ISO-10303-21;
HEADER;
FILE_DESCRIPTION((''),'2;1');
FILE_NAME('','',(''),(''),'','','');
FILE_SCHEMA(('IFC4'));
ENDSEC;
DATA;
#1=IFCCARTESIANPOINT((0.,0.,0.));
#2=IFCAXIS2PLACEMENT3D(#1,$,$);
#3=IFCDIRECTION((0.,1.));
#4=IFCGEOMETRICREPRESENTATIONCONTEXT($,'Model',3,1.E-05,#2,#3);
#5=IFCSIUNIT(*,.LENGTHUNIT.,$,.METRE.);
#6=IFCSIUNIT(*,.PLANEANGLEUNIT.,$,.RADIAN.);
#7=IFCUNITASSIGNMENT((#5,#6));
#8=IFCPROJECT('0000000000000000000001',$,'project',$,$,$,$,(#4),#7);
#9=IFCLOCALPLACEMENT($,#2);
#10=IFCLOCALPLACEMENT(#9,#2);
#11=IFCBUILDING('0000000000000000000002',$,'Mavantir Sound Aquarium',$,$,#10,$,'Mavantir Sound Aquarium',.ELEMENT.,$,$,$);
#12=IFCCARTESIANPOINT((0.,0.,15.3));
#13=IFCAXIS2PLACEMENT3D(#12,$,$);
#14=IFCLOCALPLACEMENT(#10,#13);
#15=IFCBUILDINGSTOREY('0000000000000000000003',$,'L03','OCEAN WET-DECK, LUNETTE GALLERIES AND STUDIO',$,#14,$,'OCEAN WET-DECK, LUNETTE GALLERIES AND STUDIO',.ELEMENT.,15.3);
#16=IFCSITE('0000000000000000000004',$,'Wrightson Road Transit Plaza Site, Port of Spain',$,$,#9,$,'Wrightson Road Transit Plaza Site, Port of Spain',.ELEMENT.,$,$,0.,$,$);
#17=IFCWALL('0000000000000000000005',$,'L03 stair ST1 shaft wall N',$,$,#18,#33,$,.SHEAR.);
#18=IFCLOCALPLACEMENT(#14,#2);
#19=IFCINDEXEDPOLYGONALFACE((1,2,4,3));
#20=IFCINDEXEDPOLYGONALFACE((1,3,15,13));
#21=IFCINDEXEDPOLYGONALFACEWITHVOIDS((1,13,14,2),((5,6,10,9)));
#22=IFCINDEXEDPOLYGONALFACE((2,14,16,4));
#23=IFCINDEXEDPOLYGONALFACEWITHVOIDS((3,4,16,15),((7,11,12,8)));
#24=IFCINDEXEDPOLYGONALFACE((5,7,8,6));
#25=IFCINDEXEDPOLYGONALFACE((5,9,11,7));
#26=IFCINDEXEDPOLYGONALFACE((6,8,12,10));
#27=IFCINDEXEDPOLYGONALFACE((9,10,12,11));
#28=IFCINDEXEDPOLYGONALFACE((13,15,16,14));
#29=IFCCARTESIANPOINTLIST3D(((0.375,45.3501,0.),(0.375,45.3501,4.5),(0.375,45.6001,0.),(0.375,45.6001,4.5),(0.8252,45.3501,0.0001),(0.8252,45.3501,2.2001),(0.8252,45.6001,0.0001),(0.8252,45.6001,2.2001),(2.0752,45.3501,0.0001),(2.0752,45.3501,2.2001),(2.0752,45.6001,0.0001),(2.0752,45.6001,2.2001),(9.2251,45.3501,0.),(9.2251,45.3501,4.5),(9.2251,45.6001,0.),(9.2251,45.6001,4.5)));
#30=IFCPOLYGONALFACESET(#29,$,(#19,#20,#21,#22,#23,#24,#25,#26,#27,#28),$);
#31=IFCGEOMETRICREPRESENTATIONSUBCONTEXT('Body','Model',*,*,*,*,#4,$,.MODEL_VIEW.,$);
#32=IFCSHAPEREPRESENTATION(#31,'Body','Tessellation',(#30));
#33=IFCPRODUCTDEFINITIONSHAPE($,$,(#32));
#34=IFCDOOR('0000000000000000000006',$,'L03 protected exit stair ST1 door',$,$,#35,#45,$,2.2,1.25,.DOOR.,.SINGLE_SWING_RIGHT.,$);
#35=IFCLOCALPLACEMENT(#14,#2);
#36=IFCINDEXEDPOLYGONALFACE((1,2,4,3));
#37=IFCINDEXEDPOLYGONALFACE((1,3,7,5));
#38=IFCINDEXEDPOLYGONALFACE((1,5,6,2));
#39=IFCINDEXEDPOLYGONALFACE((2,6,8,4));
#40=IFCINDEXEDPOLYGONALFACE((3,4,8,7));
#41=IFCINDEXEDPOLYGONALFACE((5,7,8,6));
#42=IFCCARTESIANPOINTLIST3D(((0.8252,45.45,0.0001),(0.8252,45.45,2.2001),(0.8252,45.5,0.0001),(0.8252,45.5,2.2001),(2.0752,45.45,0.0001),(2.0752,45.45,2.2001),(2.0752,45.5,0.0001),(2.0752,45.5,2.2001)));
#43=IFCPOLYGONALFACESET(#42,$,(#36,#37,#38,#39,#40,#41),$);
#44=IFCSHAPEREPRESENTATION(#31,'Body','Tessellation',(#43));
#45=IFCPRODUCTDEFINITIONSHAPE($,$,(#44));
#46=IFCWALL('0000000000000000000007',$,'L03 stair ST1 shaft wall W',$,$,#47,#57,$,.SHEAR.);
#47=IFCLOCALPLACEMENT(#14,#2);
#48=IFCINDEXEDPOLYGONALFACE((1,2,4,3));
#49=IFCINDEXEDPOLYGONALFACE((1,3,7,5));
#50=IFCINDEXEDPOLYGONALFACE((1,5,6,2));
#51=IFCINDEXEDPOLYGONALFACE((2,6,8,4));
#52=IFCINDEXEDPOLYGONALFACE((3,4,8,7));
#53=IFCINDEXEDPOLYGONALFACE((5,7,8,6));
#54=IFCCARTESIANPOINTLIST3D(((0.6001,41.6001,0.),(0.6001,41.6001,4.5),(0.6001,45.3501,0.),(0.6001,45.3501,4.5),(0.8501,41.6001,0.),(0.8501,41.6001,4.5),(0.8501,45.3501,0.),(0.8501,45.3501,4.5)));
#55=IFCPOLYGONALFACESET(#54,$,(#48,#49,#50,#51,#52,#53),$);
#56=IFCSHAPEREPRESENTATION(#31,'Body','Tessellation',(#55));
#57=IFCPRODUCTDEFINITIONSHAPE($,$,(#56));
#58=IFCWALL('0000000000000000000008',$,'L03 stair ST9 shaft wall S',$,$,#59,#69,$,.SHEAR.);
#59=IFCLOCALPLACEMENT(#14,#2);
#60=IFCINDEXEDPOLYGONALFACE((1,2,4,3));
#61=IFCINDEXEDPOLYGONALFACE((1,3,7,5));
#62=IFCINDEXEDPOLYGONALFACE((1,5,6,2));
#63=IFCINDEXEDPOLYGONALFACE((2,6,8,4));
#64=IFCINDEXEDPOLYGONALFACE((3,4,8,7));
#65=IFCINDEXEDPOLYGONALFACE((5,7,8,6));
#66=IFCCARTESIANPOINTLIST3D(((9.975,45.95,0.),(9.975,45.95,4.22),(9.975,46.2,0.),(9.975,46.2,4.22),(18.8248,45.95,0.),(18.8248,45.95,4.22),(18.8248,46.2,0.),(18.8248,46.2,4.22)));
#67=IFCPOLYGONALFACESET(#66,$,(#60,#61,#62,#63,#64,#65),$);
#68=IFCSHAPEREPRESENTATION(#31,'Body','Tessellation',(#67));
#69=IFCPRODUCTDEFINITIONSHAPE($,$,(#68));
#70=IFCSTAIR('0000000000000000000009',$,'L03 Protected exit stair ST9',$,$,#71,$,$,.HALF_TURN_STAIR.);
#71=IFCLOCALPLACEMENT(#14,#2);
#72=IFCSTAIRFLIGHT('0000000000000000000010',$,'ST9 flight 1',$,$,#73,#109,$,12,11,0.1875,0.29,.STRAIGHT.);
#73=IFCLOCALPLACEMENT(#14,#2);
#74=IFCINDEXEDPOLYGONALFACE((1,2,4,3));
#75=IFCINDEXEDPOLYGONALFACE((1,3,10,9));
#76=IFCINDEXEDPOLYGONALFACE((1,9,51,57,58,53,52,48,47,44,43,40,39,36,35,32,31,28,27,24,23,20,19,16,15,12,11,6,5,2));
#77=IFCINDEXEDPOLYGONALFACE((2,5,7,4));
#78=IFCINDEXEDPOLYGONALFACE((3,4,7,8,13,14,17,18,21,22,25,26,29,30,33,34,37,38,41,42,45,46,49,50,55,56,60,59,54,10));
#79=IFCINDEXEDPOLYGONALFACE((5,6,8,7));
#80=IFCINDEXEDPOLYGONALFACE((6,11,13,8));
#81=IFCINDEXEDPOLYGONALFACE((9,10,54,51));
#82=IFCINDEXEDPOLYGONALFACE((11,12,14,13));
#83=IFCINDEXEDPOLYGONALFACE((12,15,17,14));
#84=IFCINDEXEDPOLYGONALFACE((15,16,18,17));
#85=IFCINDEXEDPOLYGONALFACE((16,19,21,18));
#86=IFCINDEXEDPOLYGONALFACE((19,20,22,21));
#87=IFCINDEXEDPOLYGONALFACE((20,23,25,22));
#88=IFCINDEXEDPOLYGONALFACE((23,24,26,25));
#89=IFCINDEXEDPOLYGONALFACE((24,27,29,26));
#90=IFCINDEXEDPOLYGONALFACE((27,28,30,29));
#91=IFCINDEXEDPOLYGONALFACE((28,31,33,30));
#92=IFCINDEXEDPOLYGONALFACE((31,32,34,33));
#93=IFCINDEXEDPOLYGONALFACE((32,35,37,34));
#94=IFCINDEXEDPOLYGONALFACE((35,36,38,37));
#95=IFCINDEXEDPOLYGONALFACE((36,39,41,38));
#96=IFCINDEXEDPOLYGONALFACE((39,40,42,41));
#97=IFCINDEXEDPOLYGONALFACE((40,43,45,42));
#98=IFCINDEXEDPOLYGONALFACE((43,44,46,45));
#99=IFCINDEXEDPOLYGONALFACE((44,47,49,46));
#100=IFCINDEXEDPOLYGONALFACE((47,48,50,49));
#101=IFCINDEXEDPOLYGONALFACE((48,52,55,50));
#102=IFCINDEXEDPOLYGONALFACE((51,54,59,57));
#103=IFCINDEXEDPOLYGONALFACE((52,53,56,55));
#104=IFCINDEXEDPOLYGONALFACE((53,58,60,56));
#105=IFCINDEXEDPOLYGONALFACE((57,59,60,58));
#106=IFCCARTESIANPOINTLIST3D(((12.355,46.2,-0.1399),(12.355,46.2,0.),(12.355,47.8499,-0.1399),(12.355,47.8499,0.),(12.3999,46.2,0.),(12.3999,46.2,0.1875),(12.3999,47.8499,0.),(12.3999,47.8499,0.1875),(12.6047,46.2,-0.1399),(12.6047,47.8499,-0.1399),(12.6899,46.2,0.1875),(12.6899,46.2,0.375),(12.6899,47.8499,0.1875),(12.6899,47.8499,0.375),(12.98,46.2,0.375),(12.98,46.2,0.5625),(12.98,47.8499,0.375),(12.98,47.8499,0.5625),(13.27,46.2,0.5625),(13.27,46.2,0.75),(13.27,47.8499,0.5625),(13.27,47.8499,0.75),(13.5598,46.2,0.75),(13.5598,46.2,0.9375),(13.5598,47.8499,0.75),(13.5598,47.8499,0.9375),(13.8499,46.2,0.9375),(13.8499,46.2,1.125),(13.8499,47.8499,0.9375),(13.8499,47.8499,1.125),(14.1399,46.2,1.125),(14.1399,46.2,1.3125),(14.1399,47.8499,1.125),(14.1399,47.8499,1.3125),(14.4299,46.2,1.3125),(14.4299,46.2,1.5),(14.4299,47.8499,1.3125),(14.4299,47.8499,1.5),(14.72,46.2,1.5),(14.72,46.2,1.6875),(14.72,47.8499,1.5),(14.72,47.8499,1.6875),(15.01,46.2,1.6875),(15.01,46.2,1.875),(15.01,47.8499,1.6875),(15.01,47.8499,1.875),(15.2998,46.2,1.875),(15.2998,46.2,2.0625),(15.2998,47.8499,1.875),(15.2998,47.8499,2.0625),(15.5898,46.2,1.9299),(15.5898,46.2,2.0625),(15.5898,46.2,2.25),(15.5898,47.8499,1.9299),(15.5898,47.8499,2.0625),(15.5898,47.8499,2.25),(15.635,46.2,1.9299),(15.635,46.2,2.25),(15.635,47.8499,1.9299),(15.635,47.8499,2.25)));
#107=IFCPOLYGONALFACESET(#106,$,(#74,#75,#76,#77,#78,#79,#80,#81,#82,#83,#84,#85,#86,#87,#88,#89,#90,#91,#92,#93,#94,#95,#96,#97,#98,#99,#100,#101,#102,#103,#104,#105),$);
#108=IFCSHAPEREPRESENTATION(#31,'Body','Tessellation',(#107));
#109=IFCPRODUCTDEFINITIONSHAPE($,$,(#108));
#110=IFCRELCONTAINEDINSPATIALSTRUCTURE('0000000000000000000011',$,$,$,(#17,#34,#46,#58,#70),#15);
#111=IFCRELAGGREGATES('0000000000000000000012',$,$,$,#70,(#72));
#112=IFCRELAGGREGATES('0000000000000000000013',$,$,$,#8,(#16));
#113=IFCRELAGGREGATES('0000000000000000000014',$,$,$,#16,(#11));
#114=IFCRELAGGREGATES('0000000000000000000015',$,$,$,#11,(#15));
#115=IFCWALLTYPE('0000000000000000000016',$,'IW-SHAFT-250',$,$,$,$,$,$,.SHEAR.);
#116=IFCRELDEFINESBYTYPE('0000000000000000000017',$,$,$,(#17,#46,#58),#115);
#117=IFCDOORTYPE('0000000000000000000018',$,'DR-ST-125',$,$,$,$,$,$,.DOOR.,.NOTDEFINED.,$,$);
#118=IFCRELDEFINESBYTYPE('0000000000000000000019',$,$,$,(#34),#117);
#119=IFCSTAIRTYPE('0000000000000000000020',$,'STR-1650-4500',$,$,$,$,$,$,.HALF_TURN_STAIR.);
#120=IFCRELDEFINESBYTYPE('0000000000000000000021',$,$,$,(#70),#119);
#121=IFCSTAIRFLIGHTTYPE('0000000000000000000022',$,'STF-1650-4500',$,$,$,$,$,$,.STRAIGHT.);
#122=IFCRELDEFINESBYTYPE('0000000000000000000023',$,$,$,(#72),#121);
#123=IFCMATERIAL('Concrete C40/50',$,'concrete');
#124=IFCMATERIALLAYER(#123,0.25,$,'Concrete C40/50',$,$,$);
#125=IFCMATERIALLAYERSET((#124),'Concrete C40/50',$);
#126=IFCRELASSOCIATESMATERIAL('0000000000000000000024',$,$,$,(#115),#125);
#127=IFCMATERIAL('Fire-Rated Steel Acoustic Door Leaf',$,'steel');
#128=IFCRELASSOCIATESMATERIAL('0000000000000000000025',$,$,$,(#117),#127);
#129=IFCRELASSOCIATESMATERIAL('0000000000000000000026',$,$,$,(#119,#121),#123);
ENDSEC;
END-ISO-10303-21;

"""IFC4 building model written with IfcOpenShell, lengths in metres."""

from ifc_helpers import new_model, si_unit, direction, frame, frame_2d, origin, place, context, subcontext, project, spatial, polyline, rectangle, outline, extrude, material, layer, layer_set, type_object, element, fill, aggregate, save


model = new_model("IFC4")

# Units and contexts
model_context = context("Model", 3, precision=1e-05, world=origin(), true_north=direction((0.0, 1.0)))
body_context = subcontext(model_context, "Body", "Model", "MODEL_VIEW")
ifc_project = project(units=[si_unit("LENGTHUNIT", "METRE"), si_unit("PLANEANGLEUNIT", "RADIAN")], contexts=[model_context])

# Site, building, storey
site_placement = place(None, origin())
site = spatial("IfcSite", under=ifc_project, at=site_placement, Name="Wrightson Road Transit Plaza Site, Port of Spain", LongName="Wrightson Road Transit Plaza Site, Port of Spain", CompositionType="ELEMENT", RefElevation=0.0)
building_placement = place(site_placement, origin())
building = spatial("IfcBuilding", under=site, at=building_placement, Name="Mavantir Sound Aquarium", LongName="Mavantir Sound Aquarium", CompositionType="ELEMENT")
storey_placement = place(building_placement, frame((0.0, 0.0, 15.3)))
storey = spatial("IfcBuildingStorey", under=building, at=storey_placement, Name="L03", Description="OCEAN WET-DECK, LUNETTE GALLERIES AND STUDIO", LongName="OCEAN WET-DECK, LUNETTE GALLERIES AND STUDIO", CompositionType="ELEMENT", Elevation=15.3)

# Shared definitions
ifc_material_1 = material(Name="Concrete C40/50", Category="concrete")

# Wall, opening, door
ifc_layer_1 = layer(ifc_material_1, 0.25, Name="Concrete C40/50")
ifc_layer_set_1 = layer_set([ifc_layer_1], Name="Concrete C40/50")
wall_type_1 = type_object("IfcWallType", Name="IW-SHAFT-250", PredefinedType="SHEAR", material=ifc_layer_set_1)
wall_1_placement = place(storey_placement, frame((9.2251, 45.4751, 0.0), z_axis=(0.0, 0.0, 1.0), x_axis=(-1.0, 0.0, 0.0)))
wall_1 = element("IfcWall", 1, at=wall_1_placement, inside=storey, type_object=wall_type_1, Name="L03 stair ST1 shaft wall N", PredefinedType="SHEAR", context=body_context, shape_type="SweptSolid", body=[
    extrude(rectangle(XDim=8.8501, YDim=0.25, at=frame_2d((4.425, 0.0))), origin(), (0.0, 0.0, 1.0), 4.5),
])
opening_placement = place(wall_1_placement, frame((8.3999, 0.0, 0.0), z_axis=(0.0, 0.0, 1.0), x_axis=(-1.0, 0.0, 0.0)))
opening = element("IfcOpeningElement", 2, at=opening_placement, cuts=wall_1, PredefinedType="OPENING", context=body_context, shape_type="SweptSolid", body=[
    extrude(rectangle(XDim=1.25, YDim=2.2, at=frame_2d((0.625, 1.1001))), frame((0.0, 0.135, 0.0), z_axis=(0.0, -1.0, 0.0), x_axis=(1.0, 0.0, 0.0)), (0.0, 0.0, 1.0), 0.27),
])
ifc_material_2 = material(Name="Fire-Rated Steel Acoustic Door Leaf", Category="steel")
door_type = type_object("IfcDoorType", Name="DR-ST-125", OperationType="NOTDEFINED", PredefinedType="DOOR", material=ifc_material_2)
door_placement = place(opening_placement, origin())
door = element("IfcDoor", 3, at=door_placement, inside=storey, type_object=door_type, Name="L03 protected exit stair ST1 door", OperationType="SINGLE_SWING_RIGHT", OverallHeight=2.2, OverallWidth=1.25, PredefinedType="DOOR", context=body_context, shape_type="SweptSolid", body=[
    extrude(rectangle(XDim=1.25, YDim=2.2, at=frame_2d((0.625, 1.1001))), frame((0.0, 0.0249, 0.0), z_axis=(0.0, -1.0, 0.0), x_axis=(1.0, 0.0, 0.0)), (0.0, 0.0, 1.0), 0.05),
])
fill(opening, door)

# Walls
wall_2_placement = place(storey_placement, frame((0.7251, 45.3501, 0.0), z_axis=(0.0, 0.0, 1.0), x_axis=(0.0, -1.0, 0.0)))
element("IfcWall", 4, at=wall_2_placement, inside=storey, type_object=wall_type_1, Name="L03 stair ST1 shaft wall W", PredefinedType="SHEAR", context=body_context, shape_type="SweptSolid", body=[
    extrude(rectangle(XDim=3.75, YDim=0.25, at=frame_2d((1.875, 0.0))), origin(), (0.0, 0.0, 1.0), 4.5),
])
wall_3_placement = place(storey_placement, frame((9.9751, 46.075, 0.0), z_axis=(0.0, 0.0, 1.0), x_axis=(1.0, 0.0, 0.0)))
element("IfcWall", 5, at=wall_3_placement, inside=storey, type_object=wall_type_1, Name="L03 stair ST9 shaft wall S", PredefinedType="SHEAR", context=body_context, shape_type="SweptSolid", body=[
    extrude(rectangle(XDim=8.8499, YDim=0.25, at=frame_2d((4.4248, 0.0))), origin(), (0.0, 0.0, 1.0), 4.22),
])

# Stair, stair flight
stair_type = type_object("IfcStairType", Name="STR-1650-4500", PredefinedType="HALF_TURN_STAIR", material=ifc_material_1)
stair_placement = place(storey_placement, origin())
stair = element("IfcStair", 6, at=stair_placement, inside=storey, type_object=stair_type, Name="L03 Protected exit stair ST9", PredefinedType="HALF_TURN_STAIR")
stair_flight_type = type_object("IfcStairFlightType", Name="STF-1650-4500", PredefinedType="STRAIGHT", material=ifc_material_1)
stair_flight_placement = place(storey_placement, frame((12.3999, 47.0249, 0.0), z_axis=(0.0, 0.0, 1.0), x_axis=(1.0, 0.0, 0.0)))
stair_flight = element("IfcStairFlight", 7, at=stair_flight_placement, type_object=stair_flight_type, Name="ST9 flight 1", NumberOfRisers=12, NumberOfTreads=11, PredefinedType="STRAIGHT", RiserHeight=0.1875, TreadLength=0.29, context=body_context, shape_type="SweptSolid", body=[
    extrude(outline(polyline([(-0.0449, -0.1399), (-0.0449, 0.0), (0.0, 0.0), (0.0, 0.1875), (0.29, 0.1875), (0.29, 0.375), (0.5801, 0.375), (0.5801, 0.5625), (0.8701, 0.5625), (0.8701, 0.75), (1.1599, 0.75), (1.1599, 0.9375), (1.45, 0.9375), (1.45, 1.125), (1.74, 1.125), (1.74, 1.3125), (2.03, 1.3125), (2.03, 1.5), (2.3201, 1.5), (2.3201, 1.6875), (2.6101, 1.6875), (2.6101, 1.875), (2.8999, 1.875), (2.8999, 2.0625), (3.1899, 2.0625), (3.1899, 2.25), (3.2351, 2.25), (3.2351, 1.9299), (3.1899, 1.9299), (0.2048, -0.1399), (-0.0449, -0.1399)])), frame((0.0, 0.825, 0.0), z_axis=(0.0, -1.0, 0.0), x_axis=(1.0, 0.0, 0.0)), (0.0, 0.0, 1.0), 1.6499),
])
aggregate(stair, [stair_flight])

save(model, "model.ifc")
